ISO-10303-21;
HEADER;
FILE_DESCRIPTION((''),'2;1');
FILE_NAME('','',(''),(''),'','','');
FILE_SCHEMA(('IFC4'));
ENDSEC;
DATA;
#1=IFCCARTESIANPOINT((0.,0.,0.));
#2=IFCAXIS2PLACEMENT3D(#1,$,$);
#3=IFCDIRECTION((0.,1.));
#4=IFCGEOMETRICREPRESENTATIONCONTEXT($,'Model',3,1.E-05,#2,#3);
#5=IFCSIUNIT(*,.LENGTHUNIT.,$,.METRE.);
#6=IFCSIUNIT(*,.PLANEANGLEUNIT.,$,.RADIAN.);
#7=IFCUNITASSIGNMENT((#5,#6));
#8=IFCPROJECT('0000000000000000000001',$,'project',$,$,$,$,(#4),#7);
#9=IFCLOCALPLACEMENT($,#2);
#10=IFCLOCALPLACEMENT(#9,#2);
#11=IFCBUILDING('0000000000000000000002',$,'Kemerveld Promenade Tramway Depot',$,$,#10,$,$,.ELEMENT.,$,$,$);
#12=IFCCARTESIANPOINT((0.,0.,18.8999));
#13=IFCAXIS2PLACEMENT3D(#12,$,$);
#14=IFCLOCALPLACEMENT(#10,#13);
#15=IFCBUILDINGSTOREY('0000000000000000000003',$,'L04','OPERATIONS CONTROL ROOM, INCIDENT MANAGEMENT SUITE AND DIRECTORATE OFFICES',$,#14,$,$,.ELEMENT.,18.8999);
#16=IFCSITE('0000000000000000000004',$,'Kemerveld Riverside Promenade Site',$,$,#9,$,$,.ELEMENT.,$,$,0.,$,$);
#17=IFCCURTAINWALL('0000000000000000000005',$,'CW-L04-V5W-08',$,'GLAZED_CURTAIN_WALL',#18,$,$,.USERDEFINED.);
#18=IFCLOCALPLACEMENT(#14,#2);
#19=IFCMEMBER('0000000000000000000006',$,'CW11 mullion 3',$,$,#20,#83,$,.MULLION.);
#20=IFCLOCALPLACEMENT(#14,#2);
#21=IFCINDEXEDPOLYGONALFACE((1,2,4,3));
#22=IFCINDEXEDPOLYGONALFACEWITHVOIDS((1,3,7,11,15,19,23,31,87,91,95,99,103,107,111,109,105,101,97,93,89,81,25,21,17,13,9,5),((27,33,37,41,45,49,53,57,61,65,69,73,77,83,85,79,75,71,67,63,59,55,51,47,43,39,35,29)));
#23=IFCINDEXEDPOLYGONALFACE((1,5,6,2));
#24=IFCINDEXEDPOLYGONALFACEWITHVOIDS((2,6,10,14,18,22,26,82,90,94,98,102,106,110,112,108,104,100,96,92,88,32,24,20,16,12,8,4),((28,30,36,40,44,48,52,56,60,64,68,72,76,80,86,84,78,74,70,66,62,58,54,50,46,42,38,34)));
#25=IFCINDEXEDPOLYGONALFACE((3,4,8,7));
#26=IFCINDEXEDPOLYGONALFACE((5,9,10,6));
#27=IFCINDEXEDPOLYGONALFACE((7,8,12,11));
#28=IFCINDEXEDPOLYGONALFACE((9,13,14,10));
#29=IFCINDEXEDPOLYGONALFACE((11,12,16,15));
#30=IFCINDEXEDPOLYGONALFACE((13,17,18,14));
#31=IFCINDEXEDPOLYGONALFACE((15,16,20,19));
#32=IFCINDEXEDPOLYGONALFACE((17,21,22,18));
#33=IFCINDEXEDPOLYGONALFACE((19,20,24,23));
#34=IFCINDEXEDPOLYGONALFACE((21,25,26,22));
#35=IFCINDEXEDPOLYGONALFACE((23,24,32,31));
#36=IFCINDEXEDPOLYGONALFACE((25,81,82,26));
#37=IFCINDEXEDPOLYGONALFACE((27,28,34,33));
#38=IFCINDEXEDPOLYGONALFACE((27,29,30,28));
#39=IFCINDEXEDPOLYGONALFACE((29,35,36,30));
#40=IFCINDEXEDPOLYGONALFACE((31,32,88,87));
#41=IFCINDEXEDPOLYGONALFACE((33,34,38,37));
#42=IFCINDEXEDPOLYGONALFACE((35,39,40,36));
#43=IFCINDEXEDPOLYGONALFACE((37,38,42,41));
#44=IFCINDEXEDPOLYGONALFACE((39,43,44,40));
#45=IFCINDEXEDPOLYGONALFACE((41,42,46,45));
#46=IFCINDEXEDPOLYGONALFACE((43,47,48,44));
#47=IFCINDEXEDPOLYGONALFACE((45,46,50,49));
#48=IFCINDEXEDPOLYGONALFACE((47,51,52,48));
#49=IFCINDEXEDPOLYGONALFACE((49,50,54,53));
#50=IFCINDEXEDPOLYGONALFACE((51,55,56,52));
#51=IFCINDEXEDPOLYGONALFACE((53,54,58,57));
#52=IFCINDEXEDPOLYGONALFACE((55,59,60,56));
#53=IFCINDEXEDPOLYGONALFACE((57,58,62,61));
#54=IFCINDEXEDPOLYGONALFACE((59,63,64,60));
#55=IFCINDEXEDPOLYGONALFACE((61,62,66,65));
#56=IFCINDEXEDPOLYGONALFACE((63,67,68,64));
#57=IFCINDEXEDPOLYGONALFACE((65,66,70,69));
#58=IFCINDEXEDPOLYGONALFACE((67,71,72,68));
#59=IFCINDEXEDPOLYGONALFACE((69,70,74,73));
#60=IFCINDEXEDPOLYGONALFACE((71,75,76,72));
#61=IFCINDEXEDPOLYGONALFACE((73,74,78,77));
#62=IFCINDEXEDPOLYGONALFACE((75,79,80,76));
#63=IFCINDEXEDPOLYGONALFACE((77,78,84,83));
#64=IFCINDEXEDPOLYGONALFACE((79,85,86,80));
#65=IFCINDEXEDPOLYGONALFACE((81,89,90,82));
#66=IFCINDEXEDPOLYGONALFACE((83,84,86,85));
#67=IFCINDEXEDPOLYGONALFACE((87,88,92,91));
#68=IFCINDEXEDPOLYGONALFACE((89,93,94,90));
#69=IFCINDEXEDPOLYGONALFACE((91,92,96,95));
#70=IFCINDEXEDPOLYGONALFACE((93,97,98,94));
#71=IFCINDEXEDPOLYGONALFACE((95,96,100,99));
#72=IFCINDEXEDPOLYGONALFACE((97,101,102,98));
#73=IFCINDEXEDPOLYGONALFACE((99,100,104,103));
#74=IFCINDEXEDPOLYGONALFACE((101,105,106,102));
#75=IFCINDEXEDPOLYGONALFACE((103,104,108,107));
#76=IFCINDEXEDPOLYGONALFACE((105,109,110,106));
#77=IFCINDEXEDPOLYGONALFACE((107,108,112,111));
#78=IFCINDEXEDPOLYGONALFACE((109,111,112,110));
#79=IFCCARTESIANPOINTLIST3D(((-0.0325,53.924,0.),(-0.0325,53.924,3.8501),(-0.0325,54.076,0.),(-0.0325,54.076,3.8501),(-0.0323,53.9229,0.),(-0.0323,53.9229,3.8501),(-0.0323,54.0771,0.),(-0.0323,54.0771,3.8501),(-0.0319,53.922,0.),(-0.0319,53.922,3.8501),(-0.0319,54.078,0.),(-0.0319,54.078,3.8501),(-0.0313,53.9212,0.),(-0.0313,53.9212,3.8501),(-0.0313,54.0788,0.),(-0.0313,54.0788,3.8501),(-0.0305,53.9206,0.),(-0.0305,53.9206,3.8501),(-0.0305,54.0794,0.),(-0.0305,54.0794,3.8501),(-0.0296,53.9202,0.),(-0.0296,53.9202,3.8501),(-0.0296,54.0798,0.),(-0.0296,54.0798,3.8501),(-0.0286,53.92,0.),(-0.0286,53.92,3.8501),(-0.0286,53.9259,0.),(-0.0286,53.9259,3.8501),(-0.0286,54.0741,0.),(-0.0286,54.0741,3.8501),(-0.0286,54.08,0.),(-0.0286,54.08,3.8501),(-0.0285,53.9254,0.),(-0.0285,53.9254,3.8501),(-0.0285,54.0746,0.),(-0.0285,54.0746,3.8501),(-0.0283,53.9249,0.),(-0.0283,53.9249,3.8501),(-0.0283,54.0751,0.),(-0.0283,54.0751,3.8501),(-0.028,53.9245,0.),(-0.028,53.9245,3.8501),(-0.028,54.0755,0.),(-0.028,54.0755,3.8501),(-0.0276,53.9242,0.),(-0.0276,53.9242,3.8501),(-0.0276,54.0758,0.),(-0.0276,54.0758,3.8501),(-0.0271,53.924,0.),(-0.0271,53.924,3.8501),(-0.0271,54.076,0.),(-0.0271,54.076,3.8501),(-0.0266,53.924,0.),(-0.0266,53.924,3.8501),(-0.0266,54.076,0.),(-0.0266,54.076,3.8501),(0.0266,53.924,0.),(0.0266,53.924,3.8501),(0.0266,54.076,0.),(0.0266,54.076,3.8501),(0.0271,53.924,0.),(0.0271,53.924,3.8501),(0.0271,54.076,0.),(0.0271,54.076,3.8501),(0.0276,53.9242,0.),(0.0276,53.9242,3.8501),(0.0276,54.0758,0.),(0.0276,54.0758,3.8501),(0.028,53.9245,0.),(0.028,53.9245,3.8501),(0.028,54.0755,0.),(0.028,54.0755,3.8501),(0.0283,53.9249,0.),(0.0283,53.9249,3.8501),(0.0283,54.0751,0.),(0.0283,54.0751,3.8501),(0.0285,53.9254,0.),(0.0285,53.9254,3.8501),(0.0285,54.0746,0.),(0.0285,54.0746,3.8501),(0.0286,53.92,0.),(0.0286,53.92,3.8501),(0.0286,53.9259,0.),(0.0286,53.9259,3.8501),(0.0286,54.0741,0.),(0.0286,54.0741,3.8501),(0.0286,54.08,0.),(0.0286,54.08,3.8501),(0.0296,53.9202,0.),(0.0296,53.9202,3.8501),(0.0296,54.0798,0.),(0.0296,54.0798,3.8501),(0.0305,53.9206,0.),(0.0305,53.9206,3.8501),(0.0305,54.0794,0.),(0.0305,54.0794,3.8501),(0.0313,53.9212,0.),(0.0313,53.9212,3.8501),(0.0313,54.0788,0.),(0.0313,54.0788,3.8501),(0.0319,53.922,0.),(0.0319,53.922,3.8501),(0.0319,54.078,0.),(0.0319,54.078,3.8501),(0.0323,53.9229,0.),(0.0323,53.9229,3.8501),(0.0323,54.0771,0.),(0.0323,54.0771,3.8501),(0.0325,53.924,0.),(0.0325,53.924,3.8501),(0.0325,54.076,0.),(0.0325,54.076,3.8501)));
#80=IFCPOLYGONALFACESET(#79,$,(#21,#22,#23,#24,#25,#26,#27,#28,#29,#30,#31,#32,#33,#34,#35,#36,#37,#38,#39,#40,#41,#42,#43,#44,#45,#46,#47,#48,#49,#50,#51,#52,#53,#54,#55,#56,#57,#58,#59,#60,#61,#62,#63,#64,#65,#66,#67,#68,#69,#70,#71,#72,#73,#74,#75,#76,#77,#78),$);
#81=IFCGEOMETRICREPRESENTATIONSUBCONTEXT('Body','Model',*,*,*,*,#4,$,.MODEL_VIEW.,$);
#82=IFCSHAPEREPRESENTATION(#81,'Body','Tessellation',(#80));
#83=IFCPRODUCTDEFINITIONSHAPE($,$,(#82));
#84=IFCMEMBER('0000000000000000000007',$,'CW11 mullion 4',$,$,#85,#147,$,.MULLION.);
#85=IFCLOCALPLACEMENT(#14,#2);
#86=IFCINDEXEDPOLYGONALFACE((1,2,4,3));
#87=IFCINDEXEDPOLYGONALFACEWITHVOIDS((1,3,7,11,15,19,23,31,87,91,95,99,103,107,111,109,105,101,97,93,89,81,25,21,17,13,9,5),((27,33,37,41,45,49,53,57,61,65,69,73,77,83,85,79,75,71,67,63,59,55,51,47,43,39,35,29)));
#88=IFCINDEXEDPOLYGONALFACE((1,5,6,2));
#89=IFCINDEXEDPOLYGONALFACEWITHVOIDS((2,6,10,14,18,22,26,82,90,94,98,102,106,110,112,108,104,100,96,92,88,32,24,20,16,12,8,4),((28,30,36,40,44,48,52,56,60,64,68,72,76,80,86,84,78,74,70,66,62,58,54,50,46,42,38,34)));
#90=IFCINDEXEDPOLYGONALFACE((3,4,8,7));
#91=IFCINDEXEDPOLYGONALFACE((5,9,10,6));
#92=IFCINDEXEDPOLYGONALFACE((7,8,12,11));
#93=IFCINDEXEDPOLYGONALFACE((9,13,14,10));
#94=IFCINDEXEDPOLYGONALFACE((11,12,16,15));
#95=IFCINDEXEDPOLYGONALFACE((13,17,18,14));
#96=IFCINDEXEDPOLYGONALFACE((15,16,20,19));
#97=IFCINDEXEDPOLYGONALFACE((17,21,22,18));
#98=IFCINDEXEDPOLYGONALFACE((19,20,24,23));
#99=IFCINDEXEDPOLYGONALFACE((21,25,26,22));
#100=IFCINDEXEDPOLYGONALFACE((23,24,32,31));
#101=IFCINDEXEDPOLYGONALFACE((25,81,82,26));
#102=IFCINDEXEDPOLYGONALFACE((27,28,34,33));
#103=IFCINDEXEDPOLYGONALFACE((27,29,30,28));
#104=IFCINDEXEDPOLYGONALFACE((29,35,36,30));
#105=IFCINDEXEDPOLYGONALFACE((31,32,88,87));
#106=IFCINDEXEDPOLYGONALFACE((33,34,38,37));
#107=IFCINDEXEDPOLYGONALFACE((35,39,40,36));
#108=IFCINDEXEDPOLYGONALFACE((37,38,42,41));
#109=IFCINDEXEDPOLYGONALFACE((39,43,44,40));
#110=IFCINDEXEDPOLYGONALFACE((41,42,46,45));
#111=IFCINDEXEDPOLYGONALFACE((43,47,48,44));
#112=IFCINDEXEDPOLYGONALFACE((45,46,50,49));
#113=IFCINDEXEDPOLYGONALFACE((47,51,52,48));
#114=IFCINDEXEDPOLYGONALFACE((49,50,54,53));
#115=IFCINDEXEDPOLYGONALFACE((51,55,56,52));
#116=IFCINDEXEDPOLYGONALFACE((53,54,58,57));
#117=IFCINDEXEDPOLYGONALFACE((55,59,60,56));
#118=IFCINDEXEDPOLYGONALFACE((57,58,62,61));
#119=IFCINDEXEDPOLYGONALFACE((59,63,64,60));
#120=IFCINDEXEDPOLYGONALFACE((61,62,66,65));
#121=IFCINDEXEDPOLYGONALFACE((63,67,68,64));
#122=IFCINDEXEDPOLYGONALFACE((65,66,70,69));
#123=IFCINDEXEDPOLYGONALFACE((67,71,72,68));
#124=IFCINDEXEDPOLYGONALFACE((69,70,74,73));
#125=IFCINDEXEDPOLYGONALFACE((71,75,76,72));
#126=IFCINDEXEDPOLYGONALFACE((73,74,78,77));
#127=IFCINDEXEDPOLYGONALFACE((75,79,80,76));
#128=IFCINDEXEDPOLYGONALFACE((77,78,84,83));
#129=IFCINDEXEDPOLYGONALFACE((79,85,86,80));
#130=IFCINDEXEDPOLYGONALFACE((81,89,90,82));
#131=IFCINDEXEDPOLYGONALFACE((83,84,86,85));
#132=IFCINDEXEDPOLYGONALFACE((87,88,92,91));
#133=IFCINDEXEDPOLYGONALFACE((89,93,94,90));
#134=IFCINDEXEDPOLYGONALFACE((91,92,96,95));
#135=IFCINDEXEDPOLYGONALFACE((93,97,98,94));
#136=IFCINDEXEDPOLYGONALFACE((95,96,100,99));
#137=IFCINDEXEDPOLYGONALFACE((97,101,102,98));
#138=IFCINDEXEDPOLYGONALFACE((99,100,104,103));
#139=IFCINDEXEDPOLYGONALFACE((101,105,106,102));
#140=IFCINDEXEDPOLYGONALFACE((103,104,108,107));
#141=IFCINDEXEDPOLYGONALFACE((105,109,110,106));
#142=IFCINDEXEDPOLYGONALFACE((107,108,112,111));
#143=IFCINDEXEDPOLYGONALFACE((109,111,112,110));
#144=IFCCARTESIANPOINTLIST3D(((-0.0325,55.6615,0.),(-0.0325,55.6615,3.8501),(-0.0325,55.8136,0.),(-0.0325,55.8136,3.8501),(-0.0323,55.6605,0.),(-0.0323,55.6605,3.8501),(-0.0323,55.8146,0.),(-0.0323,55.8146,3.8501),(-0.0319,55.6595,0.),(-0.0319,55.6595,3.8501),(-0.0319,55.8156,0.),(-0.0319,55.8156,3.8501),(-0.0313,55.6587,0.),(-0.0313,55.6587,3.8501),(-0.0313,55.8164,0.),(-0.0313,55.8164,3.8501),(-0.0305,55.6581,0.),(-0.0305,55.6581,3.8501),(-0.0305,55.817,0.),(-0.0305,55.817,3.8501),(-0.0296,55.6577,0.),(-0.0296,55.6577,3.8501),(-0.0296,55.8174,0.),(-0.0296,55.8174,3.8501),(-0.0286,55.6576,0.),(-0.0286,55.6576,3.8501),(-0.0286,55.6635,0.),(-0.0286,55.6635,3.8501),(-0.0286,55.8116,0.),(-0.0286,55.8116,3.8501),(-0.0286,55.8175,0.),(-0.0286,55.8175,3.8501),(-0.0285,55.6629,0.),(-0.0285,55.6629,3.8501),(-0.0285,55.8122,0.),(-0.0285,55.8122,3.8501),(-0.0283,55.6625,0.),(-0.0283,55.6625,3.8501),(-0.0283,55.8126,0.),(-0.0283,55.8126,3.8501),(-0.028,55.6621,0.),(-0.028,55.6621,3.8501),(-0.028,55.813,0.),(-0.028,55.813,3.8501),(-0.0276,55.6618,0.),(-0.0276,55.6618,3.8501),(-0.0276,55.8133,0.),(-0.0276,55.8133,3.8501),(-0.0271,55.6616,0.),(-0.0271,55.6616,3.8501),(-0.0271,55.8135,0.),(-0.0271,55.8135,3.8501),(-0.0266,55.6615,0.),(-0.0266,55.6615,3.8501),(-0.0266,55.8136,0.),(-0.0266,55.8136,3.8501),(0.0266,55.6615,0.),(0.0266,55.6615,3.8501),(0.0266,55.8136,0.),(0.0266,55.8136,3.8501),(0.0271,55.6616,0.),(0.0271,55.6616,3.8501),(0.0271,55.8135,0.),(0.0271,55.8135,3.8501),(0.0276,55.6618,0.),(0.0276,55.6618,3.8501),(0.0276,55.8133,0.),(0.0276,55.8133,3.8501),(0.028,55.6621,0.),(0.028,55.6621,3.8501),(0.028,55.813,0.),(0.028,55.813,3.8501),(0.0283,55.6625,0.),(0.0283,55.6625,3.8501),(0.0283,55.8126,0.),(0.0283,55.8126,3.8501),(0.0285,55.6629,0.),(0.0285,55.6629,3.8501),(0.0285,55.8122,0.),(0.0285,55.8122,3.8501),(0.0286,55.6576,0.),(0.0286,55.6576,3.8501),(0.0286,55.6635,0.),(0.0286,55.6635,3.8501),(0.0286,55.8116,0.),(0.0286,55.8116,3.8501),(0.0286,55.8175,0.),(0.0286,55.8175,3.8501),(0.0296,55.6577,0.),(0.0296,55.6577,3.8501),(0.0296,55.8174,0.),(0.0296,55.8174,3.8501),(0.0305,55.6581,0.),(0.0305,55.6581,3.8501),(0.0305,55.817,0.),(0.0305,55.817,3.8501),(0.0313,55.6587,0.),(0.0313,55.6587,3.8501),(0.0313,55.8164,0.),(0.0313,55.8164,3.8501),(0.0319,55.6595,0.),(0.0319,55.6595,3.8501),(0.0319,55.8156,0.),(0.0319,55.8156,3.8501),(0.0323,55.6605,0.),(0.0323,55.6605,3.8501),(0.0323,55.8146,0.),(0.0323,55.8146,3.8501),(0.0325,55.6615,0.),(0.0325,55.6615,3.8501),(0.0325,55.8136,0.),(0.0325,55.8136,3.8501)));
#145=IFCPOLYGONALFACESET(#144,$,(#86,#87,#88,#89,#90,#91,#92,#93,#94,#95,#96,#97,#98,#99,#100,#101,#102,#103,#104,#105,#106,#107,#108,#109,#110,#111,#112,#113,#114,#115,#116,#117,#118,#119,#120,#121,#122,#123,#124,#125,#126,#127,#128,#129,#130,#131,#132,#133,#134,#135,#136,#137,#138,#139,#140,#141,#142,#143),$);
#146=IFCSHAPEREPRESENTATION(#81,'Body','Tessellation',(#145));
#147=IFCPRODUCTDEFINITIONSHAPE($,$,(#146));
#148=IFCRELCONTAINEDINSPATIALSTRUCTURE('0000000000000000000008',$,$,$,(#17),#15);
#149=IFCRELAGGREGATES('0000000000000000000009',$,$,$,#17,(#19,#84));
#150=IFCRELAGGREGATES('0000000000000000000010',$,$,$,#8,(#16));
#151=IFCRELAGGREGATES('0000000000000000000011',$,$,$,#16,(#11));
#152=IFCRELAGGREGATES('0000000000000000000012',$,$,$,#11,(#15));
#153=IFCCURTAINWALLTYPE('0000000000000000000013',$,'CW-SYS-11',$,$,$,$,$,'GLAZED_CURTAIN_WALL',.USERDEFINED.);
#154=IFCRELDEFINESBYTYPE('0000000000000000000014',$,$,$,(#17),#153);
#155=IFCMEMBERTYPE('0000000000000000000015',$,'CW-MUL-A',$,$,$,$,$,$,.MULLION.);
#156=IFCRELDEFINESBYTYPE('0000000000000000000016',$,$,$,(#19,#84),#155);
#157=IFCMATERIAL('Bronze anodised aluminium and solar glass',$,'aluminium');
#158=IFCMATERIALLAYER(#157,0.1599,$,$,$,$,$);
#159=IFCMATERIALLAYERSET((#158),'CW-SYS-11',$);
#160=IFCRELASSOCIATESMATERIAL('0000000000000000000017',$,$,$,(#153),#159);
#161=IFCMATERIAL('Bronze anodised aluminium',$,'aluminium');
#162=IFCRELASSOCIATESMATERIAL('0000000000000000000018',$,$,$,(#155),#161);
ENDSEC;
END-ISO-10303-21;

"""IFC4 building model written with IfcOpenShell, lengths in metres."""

from ifc_helpers import new_model, si_unit, direction, frame, origin, origin_2d, place, context, subcontext, project, spatial, hollow_rectangle, extrude, material, layer, layer_set, material_profile, profile_set, type_object, element, aggregate, save


model = new_model("IFC4")

# Units and contexts
model_context = context("Model", 3, precision=1e-05, world=origin(), true_north=direction((0.0, 1.0)))
body_context = subcontext(model_context, "Body", "Model", "MODEL_VIEW")
ifc_project = project(units=[si_unit("LENGTHUNIT", "METRE"), si_unit("PLANEANGLEUNIT", "RADIAN")], contexts=[model_context])

# Site, building, storey
site_placement = place(None, origin())
site = spatial("IfcSite", under=ifc_project, at=site_placement, Name="Kemerveld Riverside Promenade Site", CompositionType="ELEMENT", RefElevation=0.0)
building_placement = place(site_placement, origin())
building = spatial("IfcBuilding", under=site, at=building_placement, Name="Kemerveld Promenade Tramway Depot", CompositionType="ELEMENT")
storey_placement = place(building_placement, frame((0.0, 0.0, 18.8999)))
storey = spatial("IfcBuildingStorey", under=building, at=storey_placement, Name="L04", Description="OPERATIONS CONTROL ROOM, INCIDENT MANAGEMENT SUITE AND DIRECTORATE OFFICES", CompositionType="ELEMENT", Elevation=18.8999)

# Curtain wall, members
ifc_material_1 = material(Name="Bronze anodised aluminium and solar glass", Category="aluminium")
ifc_layer_1 = layer(ifc_material_1, 0.1599)
ifc_layer_set_1 = layer_set([ifc_layer_1], Name="CW-SYS-11")
curtain_wall_type = type_object("IfcCurtainWallType", Name="CW-SYS-11", ElementType="GLAZED_CURTAIN_WALL", PredefinedType="USERDEFINED", material=ifc_layer_set_1)
curtain_wall_placement = place(storey_placement, origin())
curtain_wall = element("IfcCurtainWall", 1, at=curtain_wall_placement, inside=storey, type_object=curtain_wall_type, Name="CW-L04-V5W-08", ObjectType="GLAZED_CURTAIN_WALL", PredefinedType="USERDEFINED")
ifc_material_2 = material(Name="Bronze anodised aluminium", Category="aluminium")
ifc_material_profile_1 = material_profile(ifc_material_2, hollow_rectangle(XDim=0.0649, YDim=0.1599, WallThickness=0.0039, InnerFilletRadius=0.002, OuterFilletRadius=0.0039, at=origin_2d()), Name="CW-MUL-160x65")
ifc_profile_set_1 = profile_set([ifc_material_profile_1], Name="Bronze anodised aluminium")
member_type_1 = type_object("IfcMemberType", Name="CW-MUL-A", PredefinedType="MULLION", material=ifc_profile_set_1)
member_1_placement = place(storey_placement, frame((0.0, 54.0, 0.0), z_axis=(0.0, 0.0, 1.0), x_axis=(-1.0, 0.0, 0.0)))
member_1 = element("IfcMember", 2, at=member_1_placement, type_object=member_type_1, Name="CW11 mullion 3", PredefinedType="MULLION", context=body_context, shape_type="SweptSolid", body=[
    extrude(hollow_rectangle(XDim=0.0649, YDim=0.1599, WallThickness=0.0039, InnerFilletRadius=0.002, OuterFilletRadius=0.0039, at=origin_2d()), origin(), (0.0, 0.0, 1.0), 3.8501),
])
member_2_placement = place(storey_placement, frame((0.0, 55.7375, 0.0), z_axis=(0.0, 0.0, 1.0), x_axis=(-1.0, 0.0, 0.0)))
member_2 = element("IfcMember", 3, at=member_2_placement, type_object=member_type_1, Name="CW11 mullion 4", PredefinedType="MULLION", context=body_context, shape_type="SweptSolid", body=[
    extrude(hollow_rectangle(XDim=0.0649, YDim=0.1599, WallThickness=0.0039, InnerFilletRadius=0.002, OuterFilletRadius=0.0039, at=origin_2d()), origin(), (0.0, 0.0, 1.0), 3.8501),
])
aggregate(curtain_wall, [member_1, member_2])

save(model, "model.ifc")
